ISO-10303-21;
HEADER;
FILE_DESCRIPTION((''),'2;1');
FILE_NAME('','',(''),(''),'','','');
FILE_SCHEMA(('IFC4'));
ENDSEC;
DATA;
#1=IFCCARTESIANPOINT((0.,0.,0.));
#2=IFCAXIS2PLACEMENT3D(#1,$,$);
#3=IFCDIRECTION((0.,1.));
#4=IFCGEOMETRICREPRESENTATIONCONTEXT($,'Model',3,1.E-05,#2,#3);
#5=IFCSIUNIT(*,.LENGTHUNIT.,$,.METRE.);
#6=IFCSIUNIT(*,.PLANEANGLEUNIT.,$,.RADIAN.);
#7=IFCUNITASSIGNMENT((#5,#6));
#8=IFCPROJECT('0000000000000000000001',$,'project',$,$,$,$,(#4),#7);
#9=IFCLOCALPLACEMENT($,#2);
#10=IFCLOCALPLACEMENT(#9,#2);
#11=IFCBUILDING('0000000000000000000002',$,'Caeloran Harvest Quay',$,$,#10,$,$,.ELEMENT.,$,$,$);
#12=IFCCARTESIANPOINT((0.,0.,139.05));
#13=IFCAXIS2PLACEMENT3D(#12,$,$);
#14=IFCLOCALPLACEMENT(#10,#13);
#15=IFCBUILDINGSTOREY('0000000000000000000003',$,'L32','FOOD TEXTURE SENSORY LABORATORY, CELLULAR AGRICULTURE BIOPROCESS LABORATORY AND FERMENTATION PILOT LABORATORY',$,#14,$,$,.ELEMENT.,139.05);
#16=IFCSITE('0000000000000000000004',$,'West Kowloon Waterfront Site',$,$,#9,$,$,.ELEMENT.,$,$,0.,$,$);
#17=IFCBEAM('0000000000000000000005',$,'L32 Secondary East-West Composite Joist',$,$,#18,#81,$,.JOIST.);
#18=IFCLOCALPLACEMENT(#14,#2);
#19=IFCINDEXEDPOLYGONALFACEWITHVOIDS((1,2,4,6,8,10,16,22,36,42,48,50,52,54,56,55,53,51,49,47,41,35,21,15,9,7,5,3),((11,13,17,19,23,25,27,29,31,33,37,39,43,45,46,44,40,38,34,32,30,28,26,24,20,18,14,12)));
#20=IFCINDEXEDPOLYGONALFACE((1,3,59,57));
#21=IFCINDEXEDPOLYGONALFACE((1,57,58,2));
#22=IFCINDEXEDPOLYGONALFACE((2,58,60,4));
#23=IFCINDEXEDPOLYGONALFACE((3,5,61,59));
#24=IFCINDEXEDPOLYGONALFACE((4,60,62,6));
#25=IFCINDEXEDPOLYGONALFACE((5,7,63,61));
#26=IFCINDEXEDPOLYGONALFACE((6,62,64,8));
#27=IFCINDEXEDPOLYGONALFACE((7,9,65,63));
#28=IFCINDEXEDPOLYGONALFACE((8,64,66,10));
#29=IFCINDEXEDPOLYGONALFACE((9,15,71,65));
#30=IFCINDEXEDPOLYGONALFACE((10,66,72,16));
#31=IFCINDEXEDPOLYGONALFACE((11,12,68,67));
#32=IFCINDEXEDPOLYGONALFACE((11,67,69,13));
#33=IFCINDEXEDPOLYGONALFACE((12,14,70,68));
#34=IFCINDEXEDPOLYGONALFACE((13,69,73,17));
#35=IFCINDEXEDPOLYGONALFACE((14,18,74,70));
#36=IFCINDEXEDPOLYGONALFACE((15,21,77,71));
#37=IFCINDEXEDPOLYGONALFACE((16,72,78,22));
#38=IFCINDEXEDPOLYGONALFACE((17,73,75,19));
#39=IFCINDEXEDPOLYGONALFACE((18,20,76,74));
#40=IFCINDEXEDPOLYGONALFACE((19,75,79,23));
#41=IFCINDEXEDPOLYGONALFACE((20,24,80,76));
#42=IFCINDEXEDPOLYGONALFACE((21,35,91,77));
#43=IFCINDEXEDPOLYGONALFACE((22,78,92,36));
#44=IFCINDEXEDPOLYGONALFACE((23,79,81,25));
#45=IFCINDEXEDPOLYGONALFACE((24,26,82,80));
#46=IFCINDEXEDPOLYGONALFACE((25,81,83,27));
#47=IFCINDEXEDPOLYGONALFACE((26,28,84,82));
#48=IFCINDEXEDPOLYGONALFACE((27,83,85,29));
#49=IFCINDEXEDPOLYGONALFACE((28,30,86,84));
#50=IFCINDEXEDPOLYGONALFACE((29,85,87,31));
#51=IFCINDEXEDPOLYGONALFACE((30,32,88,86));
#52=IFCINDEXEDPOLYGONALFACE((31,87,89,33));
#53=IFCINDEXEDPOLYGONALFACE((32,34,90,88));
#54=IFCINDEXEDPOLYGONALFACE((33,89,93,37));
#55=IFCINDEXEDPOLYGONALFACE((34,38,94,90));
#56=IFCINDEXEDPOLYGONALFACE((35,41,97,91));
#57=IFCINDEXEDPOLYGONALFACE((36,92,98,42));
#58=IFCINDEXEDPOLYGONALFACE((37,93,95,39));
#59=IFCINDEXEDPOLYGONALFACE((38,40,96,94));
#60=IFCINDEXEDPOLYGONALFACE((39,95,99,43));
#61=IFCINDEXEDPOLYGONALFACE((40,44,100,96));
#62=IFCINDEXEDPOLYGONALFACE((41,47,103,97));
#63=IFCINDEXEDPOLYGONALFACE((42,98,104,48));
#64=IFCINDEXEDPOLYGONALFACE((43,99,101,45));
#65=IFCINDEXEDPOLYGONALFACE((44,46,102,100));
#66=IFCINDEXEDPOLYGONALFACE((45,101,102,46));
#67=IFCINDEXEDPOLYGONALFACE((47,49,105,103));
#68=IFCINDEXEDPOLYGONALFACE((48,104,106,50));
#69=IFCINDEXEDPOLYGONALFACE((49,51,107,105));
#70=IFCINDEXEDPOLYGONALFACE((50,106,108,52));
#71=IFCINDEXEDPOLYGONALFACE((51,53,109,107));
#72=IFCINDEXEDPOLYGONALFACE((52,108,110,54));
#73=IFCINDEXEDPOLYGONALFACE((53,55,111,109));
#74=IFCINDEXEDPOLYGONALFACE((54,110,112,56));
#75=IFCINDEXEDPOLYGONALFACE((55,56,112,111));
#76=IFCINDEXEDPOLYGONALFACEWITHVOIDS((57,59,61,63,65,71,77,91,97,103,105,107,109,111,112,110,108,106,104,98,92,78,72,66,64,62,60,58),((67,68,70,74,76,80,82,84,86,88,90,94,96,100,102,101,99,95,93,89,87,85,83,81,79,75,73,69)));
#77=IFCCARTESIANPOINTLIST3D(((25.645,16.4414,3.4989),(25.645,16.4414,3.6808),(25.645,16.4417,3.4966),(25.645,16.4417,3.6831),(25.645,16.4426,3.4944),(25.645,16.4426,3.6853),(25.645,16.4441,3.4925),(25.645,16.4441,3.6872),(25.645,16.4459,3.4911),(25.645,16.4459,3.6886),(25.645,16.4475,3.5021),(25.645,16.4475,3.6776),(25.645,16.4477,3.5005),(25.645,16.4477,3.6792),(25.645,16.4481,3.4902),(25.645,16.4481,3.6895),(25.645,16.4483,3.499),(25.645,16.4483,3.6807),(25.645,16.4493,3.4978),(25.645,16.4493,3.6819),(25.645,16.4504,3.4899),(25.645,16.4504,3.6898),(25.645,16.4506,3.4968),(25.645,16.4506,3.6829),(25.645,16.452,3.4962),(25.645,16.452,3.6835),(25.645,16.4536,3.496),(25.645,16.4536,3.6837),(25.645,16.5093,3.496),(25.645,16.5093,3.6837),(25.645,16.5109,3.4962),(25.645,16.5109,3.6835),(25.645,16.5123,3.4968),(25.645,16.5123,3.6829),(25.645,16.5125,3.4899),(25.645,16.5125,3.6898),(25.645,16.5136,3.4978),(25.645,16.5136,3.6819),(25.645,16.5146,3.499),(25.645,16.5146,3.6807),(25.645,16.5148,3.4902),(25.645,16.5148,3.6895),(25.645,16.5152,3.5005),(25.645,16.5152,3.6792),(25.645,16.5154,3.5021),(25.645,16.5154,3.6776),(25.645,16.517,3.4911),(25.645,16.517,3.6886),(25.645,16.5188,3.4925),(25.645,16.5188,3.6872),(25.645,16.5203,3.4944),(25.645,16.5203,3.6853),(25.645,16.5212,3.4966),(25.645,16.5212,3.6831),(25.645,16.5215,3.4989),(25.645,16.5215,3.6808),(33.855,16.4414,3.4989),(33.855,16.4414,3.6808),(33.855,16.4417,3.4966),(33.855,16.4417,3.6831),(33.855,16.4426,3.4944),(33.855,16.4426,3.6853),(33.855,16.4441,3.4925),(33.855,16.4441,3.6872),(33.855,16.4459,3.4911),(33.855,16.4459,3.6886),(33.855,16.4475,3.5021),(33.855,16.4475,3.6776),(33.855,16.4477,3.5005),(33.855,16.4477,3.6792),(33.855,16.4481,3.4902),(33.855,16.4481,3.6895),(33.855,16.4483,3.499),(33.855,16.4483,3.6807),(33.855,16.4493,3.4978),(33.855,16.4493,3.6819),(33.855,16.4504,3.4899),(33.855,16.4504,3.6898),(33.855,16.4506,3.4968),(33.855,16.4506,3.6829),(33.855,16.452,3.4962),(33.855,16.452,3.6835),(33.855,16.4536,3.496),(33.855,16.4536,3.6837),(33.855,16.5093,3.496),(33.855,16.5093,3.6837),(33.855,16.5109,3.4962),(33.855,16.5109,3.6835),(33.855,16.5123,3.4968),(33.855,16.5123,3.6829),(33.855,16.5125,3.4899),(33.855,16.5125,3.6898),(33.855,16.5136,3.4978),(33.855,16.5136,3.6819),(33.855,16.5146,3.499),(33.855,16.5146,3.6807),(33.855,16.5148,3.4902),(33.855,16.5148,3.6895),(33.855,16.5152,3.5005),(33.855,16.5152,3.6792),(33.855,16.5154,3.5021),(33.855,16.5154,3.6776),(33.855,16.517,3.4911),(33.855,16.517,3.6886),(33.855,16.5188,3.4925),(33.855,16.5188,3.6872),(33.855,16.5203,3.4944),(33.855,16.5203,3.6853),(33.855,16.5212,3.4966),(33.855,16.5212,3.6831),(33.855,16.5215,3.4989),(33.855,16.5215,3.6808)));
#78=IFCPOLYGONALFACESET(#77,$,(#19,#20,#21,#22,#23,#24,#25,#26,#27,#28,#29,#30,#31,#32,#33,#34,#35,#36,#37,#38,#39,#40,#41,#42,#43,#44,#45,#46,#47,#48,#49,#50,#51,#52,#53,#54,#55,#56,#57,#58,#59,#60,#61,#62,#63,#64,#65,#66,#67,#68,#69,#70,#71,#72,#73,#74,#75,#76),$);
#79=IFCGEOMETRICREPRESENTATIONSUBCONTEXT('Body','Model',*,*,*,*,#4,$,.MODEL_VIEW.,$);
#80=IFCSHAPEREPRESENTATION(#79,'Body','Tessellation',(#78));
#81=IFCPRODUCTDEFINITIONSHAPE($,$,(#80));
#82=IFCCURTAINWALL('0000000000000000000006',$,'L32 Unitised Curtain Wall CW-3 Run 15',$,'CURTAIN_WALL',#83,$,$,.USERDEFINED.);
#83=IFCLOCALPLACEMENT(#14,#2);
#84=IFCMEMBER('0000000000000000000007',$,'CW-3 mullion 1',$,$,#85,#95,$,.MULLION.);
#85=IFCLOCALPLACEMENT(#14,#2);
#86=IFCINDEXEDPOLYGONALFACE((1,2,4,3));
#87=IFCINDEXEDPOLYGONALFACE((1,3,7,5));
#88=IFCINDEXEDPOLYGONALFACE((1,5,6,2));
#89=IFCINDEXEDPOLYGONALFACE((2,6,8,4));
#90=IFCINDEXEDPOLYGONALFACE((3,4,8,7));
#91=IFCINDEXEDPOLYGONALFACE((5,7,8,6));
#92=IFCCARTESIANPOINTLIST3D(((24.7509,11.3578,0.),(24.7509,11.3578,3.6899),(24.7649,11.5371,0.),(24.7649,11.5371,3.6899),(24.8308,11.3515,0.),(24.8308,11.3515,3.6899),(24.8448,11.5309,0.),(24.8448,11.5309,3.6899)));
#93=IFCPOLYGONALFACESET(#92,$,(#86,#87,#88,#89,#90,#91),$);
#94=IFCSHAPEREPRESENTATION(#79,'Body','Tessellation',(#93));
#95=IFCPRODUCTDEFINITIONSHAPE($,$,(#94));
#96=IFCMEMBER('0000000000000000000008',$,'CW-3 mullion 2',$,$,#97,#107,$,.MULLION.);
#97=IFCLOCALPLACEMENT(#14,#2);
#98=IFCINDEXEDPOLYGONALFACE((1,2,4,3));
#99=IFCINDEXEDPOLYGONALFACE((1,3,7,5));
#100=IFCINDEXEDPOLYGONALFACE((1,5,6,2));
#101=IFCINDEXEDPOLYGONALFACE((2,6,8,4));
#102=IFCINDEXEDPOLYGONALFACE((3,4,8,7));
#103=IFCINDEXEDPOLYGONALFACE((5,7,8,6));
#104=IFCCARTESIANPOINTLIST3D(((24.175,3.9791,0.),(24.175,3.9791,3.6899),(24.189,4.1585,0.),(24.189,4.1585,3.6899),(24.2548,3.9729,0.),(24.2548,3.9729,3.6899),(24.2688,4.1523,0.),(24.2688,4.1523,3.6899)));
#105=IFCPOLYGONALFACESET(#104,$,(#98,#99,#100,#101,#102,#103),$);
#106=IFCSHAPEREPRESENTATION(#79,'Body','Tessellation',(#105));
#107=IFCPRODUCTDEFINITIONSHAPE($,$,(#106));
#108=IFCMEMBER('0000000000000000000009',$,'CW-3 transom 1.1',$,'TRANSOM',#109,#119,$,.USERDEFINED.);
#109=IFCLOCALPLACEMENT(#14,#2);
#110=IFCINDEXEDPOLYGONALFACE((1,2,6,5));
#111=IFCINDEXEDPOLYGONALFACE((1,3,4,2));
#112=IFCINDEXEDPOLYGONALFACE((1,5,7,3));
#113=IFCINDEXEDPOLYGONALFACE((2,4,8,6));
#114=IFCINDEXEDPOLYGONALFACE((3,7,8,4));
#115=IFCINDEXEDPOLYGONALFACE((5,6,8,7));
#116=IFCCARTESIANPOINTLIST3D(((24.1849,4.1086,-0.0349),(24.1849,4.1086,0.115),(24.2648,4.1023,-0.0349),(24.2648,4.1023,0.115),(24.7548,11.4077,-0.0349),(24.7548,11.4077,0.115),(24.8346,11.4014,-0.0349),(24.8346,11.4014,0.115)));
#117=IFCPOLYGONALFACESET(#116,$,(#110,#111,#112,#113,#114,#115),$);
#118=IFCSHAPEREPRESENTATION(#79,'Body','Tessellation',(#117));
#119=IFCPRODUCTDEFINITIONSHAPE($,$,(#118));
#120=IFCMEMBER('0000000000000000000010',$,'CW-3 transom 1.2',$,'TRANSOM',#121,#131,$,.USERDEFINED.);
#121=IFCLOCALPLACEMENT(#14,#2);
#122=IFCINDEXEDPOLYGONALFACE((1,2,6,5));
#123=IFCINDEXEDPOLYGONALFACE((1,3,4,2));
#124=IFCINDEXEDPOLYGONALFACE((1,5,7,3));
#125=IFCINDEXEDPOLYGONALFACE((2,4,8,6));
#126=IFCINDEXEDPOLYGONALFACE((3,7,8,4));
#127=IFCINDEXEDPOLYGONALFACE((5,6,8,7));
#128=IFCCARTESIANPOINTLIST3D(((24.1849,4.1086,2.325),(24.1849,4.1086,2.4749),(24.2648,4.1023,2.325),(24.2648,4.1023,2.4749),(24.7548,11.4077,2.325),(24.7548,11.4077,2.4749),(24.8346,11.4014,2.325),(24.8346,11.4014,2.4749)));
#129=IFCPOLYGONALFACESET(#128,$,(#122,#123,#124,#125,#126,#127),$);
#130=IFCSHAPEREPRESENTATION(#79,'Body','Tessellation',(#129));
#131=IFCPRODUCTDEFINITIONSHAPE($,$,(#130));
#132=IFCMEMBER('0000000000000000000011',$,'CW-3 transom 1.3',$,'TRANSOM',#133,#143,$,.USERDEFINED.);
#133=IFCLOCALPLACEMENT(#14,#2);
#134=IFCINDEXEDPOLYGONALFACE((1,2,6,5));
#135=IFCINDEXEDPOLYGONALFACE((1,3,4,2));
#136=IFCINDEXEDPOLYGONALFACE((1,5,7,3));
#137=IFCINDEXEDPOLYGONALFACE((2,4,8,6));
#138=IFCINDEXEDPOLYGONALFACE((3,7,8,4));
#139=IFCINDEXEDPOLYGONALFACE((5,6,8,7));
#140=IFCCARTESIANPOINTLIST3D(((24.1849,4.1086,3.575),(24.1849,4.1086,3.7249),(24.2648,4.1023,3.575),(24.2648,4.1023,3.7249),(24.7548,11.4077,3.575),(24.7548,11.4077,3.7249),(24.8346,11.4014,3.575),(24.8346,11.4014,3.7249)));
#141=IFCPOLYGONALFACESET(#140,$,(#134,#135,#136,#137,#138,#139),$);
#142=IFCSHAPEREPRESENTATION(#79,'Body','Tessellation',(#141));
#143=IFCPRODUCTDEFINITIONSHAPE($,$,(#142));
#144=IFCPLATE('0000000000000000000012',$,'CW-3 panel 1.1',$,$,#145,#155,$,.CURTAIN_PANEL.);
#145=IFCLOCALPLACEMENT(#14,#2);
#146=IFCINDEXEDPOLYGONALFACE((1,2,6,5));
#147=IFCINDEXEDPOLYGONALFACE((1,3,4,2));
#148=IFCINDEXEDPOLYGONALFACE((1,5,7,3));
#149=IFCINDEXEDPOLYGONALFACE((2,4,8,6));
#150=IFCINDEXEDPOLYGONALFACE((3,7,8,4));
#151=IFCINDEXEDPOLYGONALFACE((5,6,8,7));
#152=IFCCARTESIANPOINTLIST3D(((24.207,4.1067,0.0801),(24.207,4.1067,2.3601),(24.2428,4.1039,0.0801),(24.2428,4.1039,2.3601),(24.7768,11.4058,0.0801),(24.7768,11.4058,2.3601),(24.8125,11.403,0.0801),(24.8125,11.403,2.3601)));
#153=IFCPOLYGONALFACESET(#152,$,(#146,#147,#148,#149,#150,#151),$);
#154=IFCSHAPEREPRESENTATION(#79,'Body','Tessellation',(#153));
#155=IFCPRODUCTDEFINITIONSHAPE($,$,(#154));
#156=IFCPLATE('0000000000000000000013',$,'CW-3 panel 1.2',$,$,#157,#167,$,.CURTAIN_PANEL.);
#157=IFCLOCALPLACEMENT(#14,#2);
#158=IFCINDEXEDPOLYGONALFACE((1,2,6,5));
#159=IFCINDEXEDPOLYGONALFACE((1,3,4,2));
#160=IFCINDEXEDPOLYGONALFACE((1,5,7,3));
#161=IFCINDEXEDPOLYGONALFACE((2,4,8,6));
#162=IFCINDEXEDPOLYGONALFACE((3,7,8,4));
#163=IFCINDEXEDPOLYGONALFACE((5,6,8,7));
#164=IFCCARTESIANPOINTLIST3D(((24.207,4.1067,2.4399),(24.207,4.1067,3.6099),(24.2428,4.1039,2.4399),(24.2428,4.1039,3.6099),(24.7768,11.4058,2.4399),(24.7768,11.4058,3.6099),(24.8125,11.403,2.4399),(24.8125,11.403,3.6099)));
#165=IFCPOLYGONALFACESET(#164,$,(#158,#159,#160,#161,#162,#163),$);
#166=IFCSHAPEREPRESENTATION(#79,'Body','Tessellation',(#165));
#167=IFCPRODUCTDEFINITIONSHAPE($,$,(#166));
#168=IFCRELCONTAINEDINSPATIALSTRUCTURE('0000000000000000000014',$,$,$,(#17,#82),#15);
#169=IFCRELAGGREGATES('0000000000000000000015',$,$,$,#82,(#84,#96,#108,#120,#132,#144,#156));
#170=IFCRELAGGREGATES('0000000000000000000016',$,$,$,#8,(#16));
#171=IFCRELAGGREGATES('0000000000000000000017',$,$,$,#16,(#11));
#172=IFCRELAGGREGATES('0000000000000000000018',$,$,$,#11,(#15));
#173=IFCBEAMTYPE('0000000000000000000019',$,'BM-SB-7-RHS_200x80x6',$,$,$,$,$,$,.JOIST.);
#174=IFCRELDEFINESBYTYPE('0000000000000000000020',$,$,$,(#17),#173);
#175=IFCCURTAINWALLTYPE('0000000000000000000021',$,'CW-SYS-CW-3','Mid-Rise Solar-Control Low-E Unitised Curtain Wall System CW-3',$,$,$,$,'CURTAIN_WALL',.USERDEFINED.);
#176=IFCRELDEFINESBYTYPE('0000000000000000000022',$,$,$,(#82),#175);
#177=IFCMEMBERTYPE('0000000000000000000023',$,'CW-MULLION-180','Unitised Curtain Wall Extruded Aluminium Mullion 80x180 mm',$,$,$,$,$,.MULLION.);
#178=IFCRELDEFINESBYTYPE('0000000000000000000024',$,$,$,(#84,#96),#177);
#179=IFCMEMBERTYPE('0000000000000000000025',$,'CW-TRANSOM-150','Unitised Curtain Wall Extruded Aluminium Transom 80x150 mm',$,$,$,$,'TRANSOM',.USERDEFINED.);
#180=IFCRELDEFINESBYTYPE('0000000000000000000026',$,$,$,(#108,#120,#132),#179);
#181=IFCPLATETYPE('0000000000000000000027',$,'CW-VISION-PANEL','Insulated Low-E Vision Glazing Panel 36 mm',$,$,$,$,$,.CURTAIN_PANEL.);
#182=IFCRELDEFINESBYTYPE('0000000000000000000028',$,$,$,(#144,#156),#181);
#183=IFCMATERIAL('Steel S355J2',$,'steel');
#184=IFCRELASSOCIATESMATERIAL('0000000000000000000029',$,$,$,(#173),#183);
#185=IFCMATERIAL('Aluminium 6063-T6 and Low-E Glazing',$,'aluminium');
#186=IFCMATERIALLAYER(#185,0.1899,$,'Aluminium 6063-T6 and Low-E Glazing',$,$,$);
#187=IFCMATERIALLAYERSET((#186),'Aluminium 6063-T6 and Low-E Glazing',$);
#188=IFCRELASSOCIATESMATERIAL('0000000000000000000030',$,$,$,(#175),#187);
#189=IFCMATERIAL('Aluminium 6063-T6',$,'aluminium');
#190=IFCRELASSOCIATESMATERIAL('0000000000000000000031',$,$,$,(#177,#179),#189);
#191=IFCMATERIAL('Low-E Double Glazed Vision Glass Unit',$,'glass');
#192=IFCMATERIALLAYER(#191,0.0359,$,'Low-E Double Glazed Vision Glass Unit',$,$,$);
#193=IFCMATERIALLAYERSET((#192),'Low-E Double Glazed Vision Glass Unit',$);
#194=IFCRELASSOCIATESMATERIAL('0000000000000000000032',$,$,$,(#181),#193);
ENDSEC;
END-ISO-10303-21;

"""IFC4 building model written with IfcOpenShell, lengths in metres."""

from ifc_helpers import new_model, si_unit, direction, frame, origin, origin_2d, place, context, subcontext, project, spatial, rectangle, hollow_rectangle, extrude, material, layer, layer_set, material_profile, profile_set, type_object, element, aggregate, save


model = new_model("IFC4")

# Units and contexts
model_context = context("Model", 3, precision=1e-05, world=origin(), true_north=direction((0.0, 1.0)))
body_context = subcontext(model_context, "Body", "Model", "MODEL_VIEW")
ifc_project = project(units=[si_unit("LENGTHUNIT", "METRE"), si_unit("PLANEANGLEUNIT", "RADIAN")], contexts=[model_context])

# Site, building, storey
site_placement = place(None, origin())
site = spatial("IfcSite", under=ifc_project, at=site_placement, Name="West Kowloon Waterfront Site", CompositionType="ELEMENT", RefElevation=0.0)
building_placement = place(site_placement, origin())
building = spatial("IfcBuilding", under=site, at=building_placement, Name="Caeloran Harvest Quay", CompositionType="ELEMENT")
storey_placement = place(building_placement, frame((0.0, 0.0, 139.05)))
storey = spatial("IfcBuildingStorey", under=building, at=storey_placement, Name="L32", Description="FOOD TEXTURE SENSORY LABORATORY, CELLULAR AGRICULTURE BIOPROCESS LABORATORY AND FERMENTATION PILOT LABORATORY", CompositionType="ELEMENT", Elevation=139.05)

# Beam
ifc_material_1 = material(Name="Steel S355J2", Category="steel")
ifc_material_profile_1 = material_profile(ifc_material_1, hollow_rectangle(XDim=0.0801, YDim=0.2, WallThickness=0.0061, InnerFilletRadius=0.0061, OuterFilletRadius=0.009, at=origin_2d()), Name="RHS 200x80x6")
ifc_profile_set_1 = profile_set([ifc_material_profile_1], Name="Steel S355J2")
beam_type_1 = type_object("IfcBeamType", Name="BM-SB-7-RHS_200x80x6", PredefinedType="JOIST", material=ifc_profile_set_1)
for number, where, z_axis, x_axis, name in (
    (1, (25.645, 16.4814, 3.5898), (1.0, 0.0, 0.0), (0.0, 1.0, 0.0), "L32 Secondary East-West Composite Joist"),
):
    element("IfcBeam", number, at=place(storey_placement, frame(where, z_axis=z_axis, x_axis=x_axis)), inside=storey, type_object=beam_type_1, Name=name, PredefinedType="JOIST", context=body_context, shape_type="SweptSolid", body=[
        extrude(hollow_rectangle(XDim=0.0801, YDim=0.2, WallThickness=0.0061, InnerFilletRadius=0.0061, OuterFilletRadius=0.009, at=origin_2d()), origin(), (0.0, 0.0, 1.0), 8.21),
    ])

# Curtain wall, members, plates
ifc_material_2 = material(Name="Aluminium 6063-T6 and Low-E Glazing", Category="aluminium")
ifc_layer_1 = layer(ifc_material_2, 0.1899, Name="Aluminium 6063-T6 and Low-E Glazing")
ifc_layer_set_1 = layer_set([ifc_layer_1], Name="Aluminium 6063-T6 and Low-E Glazing")
curtain_wall_type = type_object("IfcCurtainWallType", Name="CW-SYS-CW-3", Description="Mid-Rise Solar-Control Low-E Unitised Curtain Wall System CW-3", ElementType="CURTAIN_WALL", PredefinedType="USERDEFINED", material=ifc_layer_set_1)
curtain_wall_placement = place(storey_placement, origin())
curtain_wall = element("IfcCurtainWall", 2, at=curtain_wall_placement, inside=storey, type_object=curtain_wall_type, Name="L32 Unitised Curtain Wall CW-3 Run 15", ObjectType="CURTAIN_WALL", PredefinedType="USERDEFINED")
ifc_material_3 = material(Name="Aluminium 6063-T6", Category="aluminium")
ifc_material_profile_2 = material_profile(ifc_material_3, rectangle(XDim=0.0801, YDim=0.1799, at=origin_2d()), Name="CW-MULLION-180")
ifc_profile_set_2 = profile_set([ifc_material_profile_2], Name="Aluminium 6063-T6")
member_type_1 = type_object("IfcMemberType", Name="CW-MULLION-180", Description="Unitised Curtain Wall Extruded Aluminium Mullion 80x180 mm", PredefinedType="MULLION", material=ifc_profile_set_2)
member_1_placement = place(storey_placement, frame((24.7979, 11.4443, 0.0), z_axis=(0.0, 0.0, 1.0), x_axis=(0.996967, -0.077822, 0.0)))
member_1 = element("IfcMember", 3, at=member_1_placement, type_object=member_type_1, Name="CW-3 mullion 1", PredefinedType="MULLION", context=body_context, shape_type="SweptSolid", body=[
    extrude(rectangle(XDim=0.0801, YDim=0.1799, at=origin_2d()), origin(), (0.0, 0.0, 1.0), 3.6899),
])
member_2_placement = place(storey_placement, frame((24.2219, 4.0657, 0.0), z_axis=(0.0, 0.0, 1.0), x_axis=(0.996967, -0.077822, 0.0)))
member_2 = element("IfcMember", 4, at=member_2_placement, type_object=member_type_1, Name="CW-3 mullion 2", PredefinedType="MULLION", context=body_context, shape_type="SweptSolid", body=[
    extrude(rectangle(XDim=0.0801, YDim=0.1799, at=origin_2d()), origin(), (0.0, 0.0, 1.0), 3.6899),
])
ifc_material_profile_3 = material_profile(ifc_material_3, rectangle(XDim=0.0801, YDim=0.1499, at=origin_2d()), Name="CW-TRANSOM-150")
ifc_profile_set_3 = profile_set([ifc_material_profile_3], Name="Aluminium 6063-T6")
member_type_2 = type_object("IfcMemberType", Name="CW-TRANSOM-150", Description="Unitised Curtain Wall Extruded Aluminium Transom 80x150 mm", ElementType="TRANSOM", PredefinedType="USERDEFINED", material=ifc_profile_set_3)
member_3_placement = place(storey_placement, frame((24.7947, 11.4045, 0.04), z_axis=(-0.077831, -0.996967, 0.0), x_axis=(0.996967, -0.077831, 0.0)))
member_3 = element("IfcMember", 5, at=member_3_placement, type_object=member_type_2, Name="CW-3 transom 1.1", ObjectType="TRANSOM", PredefinedType="USERDEFINED", context=body_context, shape_type="SweptSolid", body=[
    extrude(rectangle(XDim=0.0801, YDim=0.1499, at=origin_2d()), origin(), (0.0, 0.0, 1.0), 7.3213),
])
member_4_placement = place(storey_placement, frame((24.7947, 11.4045, 2.3999), z_axis=(-0.077831, -0.996967, 0.0), x_axis=(0.996967, -0.077831, 0.0)))
member_4 = element("IfcMember", 6, at=member_4_placement, type_object=member_type_2, Name="CW-3 transom 1.2", ObjectType="TRANSOM", PredefinedType="USERDEFINED", context=body_context, shape_type="SweptSolid", body=[
    extrude(rectangle(XDim=0.0801, YDim=0.1499, at=origin_2d()), origin(), (0.0, 0.0, 1.0), 7.3213),
])
member_5_placement = place(storey_placement, frame((24.7947, 11.4045, 3.6499), z_axis=(-0.077831, -0.996967, 0.0), x_axis=(0.996967, -0.077831, 0.0)))
member_5 = element("IfcMember", 7, at=member_5_placement, type_object=member_type_2, Name="CW-3 transom 1.3", ObjectType="TRANSOM", PredefinedType="USERDEFINED", context=body_context, shape_type="SweptSolid", body=[
    extrude(rectangle(XDim=0.0801, YDim=0.1499, at=origin_2d()), origin(), (0.0, 0.0, 1.0), 7.3213),
])
ifc_material_4 = material(Name="Low-E Double Glazed Vision Glass Unit", Category="glass")
ifc_layer_2 = layer(ifc_material_4, 0.0359, Name="Low-E Double Glazed Vision Glass Unit")
ifc_layer_set_2 = layer_set([ifc_layer_2], Name="Low-E Double Glazed Vision Glass Unit")
plate_type = type_object("IfcPlateType", Name="CW-VISION-PANEL", Description="Insulated Low-E Vision Glazing Panel 36 mm", PredefinedType="CURTAIN_PANEL", material=ifc_layer_set_2)
plate_1_placement = place(storey_placement, frame((24.5098, 7.7549, 0.0801), z_axis=(0.0, 0.0, 1.0), x_axis=(-0.077822, -0.996967, 0.0)))
plate_1 = element("IfcPlate", 8, at=plate_1_placement, type_object=plate_type, Name="CW-3 panel 1.1", PredefinedType="CURTAIN_PANEL", context=body_context, shape_type="SweptSolid", body=[
    extrude(rectangle(XDim=7.3213, YDim=0.0359, at=origin_2d()), origin(), (0.0, 0.0, 1.0), 2.28),
])
plate_2_placement = place(storey_placement, frame((24.5098, 7.7549, 2.4399), z_axis=(0.0, 0.0, 1.0), x_axis=(-0.077822, -0.996967, 0.0)))
plate_2 = element("IfcPlate", 9, at=plate_2_placement, type_object=plate_type, Name="CW-3 panel 1.2", PredefinedType="CURTAIN_PANEL", context=body_context, shape_type="SweptSolid", body=[
    extrude(rectangle(XDim=7.3213, YDim=0.0359, at=origin_2d()), origin(), (0.0, 0.0, 1.0), 1.1699),
])
aggregate(curtain_wall, [member_1, member_2, member_3, member_4, member_5, plate_1, plate_2])

save(model, "model.ifc")
